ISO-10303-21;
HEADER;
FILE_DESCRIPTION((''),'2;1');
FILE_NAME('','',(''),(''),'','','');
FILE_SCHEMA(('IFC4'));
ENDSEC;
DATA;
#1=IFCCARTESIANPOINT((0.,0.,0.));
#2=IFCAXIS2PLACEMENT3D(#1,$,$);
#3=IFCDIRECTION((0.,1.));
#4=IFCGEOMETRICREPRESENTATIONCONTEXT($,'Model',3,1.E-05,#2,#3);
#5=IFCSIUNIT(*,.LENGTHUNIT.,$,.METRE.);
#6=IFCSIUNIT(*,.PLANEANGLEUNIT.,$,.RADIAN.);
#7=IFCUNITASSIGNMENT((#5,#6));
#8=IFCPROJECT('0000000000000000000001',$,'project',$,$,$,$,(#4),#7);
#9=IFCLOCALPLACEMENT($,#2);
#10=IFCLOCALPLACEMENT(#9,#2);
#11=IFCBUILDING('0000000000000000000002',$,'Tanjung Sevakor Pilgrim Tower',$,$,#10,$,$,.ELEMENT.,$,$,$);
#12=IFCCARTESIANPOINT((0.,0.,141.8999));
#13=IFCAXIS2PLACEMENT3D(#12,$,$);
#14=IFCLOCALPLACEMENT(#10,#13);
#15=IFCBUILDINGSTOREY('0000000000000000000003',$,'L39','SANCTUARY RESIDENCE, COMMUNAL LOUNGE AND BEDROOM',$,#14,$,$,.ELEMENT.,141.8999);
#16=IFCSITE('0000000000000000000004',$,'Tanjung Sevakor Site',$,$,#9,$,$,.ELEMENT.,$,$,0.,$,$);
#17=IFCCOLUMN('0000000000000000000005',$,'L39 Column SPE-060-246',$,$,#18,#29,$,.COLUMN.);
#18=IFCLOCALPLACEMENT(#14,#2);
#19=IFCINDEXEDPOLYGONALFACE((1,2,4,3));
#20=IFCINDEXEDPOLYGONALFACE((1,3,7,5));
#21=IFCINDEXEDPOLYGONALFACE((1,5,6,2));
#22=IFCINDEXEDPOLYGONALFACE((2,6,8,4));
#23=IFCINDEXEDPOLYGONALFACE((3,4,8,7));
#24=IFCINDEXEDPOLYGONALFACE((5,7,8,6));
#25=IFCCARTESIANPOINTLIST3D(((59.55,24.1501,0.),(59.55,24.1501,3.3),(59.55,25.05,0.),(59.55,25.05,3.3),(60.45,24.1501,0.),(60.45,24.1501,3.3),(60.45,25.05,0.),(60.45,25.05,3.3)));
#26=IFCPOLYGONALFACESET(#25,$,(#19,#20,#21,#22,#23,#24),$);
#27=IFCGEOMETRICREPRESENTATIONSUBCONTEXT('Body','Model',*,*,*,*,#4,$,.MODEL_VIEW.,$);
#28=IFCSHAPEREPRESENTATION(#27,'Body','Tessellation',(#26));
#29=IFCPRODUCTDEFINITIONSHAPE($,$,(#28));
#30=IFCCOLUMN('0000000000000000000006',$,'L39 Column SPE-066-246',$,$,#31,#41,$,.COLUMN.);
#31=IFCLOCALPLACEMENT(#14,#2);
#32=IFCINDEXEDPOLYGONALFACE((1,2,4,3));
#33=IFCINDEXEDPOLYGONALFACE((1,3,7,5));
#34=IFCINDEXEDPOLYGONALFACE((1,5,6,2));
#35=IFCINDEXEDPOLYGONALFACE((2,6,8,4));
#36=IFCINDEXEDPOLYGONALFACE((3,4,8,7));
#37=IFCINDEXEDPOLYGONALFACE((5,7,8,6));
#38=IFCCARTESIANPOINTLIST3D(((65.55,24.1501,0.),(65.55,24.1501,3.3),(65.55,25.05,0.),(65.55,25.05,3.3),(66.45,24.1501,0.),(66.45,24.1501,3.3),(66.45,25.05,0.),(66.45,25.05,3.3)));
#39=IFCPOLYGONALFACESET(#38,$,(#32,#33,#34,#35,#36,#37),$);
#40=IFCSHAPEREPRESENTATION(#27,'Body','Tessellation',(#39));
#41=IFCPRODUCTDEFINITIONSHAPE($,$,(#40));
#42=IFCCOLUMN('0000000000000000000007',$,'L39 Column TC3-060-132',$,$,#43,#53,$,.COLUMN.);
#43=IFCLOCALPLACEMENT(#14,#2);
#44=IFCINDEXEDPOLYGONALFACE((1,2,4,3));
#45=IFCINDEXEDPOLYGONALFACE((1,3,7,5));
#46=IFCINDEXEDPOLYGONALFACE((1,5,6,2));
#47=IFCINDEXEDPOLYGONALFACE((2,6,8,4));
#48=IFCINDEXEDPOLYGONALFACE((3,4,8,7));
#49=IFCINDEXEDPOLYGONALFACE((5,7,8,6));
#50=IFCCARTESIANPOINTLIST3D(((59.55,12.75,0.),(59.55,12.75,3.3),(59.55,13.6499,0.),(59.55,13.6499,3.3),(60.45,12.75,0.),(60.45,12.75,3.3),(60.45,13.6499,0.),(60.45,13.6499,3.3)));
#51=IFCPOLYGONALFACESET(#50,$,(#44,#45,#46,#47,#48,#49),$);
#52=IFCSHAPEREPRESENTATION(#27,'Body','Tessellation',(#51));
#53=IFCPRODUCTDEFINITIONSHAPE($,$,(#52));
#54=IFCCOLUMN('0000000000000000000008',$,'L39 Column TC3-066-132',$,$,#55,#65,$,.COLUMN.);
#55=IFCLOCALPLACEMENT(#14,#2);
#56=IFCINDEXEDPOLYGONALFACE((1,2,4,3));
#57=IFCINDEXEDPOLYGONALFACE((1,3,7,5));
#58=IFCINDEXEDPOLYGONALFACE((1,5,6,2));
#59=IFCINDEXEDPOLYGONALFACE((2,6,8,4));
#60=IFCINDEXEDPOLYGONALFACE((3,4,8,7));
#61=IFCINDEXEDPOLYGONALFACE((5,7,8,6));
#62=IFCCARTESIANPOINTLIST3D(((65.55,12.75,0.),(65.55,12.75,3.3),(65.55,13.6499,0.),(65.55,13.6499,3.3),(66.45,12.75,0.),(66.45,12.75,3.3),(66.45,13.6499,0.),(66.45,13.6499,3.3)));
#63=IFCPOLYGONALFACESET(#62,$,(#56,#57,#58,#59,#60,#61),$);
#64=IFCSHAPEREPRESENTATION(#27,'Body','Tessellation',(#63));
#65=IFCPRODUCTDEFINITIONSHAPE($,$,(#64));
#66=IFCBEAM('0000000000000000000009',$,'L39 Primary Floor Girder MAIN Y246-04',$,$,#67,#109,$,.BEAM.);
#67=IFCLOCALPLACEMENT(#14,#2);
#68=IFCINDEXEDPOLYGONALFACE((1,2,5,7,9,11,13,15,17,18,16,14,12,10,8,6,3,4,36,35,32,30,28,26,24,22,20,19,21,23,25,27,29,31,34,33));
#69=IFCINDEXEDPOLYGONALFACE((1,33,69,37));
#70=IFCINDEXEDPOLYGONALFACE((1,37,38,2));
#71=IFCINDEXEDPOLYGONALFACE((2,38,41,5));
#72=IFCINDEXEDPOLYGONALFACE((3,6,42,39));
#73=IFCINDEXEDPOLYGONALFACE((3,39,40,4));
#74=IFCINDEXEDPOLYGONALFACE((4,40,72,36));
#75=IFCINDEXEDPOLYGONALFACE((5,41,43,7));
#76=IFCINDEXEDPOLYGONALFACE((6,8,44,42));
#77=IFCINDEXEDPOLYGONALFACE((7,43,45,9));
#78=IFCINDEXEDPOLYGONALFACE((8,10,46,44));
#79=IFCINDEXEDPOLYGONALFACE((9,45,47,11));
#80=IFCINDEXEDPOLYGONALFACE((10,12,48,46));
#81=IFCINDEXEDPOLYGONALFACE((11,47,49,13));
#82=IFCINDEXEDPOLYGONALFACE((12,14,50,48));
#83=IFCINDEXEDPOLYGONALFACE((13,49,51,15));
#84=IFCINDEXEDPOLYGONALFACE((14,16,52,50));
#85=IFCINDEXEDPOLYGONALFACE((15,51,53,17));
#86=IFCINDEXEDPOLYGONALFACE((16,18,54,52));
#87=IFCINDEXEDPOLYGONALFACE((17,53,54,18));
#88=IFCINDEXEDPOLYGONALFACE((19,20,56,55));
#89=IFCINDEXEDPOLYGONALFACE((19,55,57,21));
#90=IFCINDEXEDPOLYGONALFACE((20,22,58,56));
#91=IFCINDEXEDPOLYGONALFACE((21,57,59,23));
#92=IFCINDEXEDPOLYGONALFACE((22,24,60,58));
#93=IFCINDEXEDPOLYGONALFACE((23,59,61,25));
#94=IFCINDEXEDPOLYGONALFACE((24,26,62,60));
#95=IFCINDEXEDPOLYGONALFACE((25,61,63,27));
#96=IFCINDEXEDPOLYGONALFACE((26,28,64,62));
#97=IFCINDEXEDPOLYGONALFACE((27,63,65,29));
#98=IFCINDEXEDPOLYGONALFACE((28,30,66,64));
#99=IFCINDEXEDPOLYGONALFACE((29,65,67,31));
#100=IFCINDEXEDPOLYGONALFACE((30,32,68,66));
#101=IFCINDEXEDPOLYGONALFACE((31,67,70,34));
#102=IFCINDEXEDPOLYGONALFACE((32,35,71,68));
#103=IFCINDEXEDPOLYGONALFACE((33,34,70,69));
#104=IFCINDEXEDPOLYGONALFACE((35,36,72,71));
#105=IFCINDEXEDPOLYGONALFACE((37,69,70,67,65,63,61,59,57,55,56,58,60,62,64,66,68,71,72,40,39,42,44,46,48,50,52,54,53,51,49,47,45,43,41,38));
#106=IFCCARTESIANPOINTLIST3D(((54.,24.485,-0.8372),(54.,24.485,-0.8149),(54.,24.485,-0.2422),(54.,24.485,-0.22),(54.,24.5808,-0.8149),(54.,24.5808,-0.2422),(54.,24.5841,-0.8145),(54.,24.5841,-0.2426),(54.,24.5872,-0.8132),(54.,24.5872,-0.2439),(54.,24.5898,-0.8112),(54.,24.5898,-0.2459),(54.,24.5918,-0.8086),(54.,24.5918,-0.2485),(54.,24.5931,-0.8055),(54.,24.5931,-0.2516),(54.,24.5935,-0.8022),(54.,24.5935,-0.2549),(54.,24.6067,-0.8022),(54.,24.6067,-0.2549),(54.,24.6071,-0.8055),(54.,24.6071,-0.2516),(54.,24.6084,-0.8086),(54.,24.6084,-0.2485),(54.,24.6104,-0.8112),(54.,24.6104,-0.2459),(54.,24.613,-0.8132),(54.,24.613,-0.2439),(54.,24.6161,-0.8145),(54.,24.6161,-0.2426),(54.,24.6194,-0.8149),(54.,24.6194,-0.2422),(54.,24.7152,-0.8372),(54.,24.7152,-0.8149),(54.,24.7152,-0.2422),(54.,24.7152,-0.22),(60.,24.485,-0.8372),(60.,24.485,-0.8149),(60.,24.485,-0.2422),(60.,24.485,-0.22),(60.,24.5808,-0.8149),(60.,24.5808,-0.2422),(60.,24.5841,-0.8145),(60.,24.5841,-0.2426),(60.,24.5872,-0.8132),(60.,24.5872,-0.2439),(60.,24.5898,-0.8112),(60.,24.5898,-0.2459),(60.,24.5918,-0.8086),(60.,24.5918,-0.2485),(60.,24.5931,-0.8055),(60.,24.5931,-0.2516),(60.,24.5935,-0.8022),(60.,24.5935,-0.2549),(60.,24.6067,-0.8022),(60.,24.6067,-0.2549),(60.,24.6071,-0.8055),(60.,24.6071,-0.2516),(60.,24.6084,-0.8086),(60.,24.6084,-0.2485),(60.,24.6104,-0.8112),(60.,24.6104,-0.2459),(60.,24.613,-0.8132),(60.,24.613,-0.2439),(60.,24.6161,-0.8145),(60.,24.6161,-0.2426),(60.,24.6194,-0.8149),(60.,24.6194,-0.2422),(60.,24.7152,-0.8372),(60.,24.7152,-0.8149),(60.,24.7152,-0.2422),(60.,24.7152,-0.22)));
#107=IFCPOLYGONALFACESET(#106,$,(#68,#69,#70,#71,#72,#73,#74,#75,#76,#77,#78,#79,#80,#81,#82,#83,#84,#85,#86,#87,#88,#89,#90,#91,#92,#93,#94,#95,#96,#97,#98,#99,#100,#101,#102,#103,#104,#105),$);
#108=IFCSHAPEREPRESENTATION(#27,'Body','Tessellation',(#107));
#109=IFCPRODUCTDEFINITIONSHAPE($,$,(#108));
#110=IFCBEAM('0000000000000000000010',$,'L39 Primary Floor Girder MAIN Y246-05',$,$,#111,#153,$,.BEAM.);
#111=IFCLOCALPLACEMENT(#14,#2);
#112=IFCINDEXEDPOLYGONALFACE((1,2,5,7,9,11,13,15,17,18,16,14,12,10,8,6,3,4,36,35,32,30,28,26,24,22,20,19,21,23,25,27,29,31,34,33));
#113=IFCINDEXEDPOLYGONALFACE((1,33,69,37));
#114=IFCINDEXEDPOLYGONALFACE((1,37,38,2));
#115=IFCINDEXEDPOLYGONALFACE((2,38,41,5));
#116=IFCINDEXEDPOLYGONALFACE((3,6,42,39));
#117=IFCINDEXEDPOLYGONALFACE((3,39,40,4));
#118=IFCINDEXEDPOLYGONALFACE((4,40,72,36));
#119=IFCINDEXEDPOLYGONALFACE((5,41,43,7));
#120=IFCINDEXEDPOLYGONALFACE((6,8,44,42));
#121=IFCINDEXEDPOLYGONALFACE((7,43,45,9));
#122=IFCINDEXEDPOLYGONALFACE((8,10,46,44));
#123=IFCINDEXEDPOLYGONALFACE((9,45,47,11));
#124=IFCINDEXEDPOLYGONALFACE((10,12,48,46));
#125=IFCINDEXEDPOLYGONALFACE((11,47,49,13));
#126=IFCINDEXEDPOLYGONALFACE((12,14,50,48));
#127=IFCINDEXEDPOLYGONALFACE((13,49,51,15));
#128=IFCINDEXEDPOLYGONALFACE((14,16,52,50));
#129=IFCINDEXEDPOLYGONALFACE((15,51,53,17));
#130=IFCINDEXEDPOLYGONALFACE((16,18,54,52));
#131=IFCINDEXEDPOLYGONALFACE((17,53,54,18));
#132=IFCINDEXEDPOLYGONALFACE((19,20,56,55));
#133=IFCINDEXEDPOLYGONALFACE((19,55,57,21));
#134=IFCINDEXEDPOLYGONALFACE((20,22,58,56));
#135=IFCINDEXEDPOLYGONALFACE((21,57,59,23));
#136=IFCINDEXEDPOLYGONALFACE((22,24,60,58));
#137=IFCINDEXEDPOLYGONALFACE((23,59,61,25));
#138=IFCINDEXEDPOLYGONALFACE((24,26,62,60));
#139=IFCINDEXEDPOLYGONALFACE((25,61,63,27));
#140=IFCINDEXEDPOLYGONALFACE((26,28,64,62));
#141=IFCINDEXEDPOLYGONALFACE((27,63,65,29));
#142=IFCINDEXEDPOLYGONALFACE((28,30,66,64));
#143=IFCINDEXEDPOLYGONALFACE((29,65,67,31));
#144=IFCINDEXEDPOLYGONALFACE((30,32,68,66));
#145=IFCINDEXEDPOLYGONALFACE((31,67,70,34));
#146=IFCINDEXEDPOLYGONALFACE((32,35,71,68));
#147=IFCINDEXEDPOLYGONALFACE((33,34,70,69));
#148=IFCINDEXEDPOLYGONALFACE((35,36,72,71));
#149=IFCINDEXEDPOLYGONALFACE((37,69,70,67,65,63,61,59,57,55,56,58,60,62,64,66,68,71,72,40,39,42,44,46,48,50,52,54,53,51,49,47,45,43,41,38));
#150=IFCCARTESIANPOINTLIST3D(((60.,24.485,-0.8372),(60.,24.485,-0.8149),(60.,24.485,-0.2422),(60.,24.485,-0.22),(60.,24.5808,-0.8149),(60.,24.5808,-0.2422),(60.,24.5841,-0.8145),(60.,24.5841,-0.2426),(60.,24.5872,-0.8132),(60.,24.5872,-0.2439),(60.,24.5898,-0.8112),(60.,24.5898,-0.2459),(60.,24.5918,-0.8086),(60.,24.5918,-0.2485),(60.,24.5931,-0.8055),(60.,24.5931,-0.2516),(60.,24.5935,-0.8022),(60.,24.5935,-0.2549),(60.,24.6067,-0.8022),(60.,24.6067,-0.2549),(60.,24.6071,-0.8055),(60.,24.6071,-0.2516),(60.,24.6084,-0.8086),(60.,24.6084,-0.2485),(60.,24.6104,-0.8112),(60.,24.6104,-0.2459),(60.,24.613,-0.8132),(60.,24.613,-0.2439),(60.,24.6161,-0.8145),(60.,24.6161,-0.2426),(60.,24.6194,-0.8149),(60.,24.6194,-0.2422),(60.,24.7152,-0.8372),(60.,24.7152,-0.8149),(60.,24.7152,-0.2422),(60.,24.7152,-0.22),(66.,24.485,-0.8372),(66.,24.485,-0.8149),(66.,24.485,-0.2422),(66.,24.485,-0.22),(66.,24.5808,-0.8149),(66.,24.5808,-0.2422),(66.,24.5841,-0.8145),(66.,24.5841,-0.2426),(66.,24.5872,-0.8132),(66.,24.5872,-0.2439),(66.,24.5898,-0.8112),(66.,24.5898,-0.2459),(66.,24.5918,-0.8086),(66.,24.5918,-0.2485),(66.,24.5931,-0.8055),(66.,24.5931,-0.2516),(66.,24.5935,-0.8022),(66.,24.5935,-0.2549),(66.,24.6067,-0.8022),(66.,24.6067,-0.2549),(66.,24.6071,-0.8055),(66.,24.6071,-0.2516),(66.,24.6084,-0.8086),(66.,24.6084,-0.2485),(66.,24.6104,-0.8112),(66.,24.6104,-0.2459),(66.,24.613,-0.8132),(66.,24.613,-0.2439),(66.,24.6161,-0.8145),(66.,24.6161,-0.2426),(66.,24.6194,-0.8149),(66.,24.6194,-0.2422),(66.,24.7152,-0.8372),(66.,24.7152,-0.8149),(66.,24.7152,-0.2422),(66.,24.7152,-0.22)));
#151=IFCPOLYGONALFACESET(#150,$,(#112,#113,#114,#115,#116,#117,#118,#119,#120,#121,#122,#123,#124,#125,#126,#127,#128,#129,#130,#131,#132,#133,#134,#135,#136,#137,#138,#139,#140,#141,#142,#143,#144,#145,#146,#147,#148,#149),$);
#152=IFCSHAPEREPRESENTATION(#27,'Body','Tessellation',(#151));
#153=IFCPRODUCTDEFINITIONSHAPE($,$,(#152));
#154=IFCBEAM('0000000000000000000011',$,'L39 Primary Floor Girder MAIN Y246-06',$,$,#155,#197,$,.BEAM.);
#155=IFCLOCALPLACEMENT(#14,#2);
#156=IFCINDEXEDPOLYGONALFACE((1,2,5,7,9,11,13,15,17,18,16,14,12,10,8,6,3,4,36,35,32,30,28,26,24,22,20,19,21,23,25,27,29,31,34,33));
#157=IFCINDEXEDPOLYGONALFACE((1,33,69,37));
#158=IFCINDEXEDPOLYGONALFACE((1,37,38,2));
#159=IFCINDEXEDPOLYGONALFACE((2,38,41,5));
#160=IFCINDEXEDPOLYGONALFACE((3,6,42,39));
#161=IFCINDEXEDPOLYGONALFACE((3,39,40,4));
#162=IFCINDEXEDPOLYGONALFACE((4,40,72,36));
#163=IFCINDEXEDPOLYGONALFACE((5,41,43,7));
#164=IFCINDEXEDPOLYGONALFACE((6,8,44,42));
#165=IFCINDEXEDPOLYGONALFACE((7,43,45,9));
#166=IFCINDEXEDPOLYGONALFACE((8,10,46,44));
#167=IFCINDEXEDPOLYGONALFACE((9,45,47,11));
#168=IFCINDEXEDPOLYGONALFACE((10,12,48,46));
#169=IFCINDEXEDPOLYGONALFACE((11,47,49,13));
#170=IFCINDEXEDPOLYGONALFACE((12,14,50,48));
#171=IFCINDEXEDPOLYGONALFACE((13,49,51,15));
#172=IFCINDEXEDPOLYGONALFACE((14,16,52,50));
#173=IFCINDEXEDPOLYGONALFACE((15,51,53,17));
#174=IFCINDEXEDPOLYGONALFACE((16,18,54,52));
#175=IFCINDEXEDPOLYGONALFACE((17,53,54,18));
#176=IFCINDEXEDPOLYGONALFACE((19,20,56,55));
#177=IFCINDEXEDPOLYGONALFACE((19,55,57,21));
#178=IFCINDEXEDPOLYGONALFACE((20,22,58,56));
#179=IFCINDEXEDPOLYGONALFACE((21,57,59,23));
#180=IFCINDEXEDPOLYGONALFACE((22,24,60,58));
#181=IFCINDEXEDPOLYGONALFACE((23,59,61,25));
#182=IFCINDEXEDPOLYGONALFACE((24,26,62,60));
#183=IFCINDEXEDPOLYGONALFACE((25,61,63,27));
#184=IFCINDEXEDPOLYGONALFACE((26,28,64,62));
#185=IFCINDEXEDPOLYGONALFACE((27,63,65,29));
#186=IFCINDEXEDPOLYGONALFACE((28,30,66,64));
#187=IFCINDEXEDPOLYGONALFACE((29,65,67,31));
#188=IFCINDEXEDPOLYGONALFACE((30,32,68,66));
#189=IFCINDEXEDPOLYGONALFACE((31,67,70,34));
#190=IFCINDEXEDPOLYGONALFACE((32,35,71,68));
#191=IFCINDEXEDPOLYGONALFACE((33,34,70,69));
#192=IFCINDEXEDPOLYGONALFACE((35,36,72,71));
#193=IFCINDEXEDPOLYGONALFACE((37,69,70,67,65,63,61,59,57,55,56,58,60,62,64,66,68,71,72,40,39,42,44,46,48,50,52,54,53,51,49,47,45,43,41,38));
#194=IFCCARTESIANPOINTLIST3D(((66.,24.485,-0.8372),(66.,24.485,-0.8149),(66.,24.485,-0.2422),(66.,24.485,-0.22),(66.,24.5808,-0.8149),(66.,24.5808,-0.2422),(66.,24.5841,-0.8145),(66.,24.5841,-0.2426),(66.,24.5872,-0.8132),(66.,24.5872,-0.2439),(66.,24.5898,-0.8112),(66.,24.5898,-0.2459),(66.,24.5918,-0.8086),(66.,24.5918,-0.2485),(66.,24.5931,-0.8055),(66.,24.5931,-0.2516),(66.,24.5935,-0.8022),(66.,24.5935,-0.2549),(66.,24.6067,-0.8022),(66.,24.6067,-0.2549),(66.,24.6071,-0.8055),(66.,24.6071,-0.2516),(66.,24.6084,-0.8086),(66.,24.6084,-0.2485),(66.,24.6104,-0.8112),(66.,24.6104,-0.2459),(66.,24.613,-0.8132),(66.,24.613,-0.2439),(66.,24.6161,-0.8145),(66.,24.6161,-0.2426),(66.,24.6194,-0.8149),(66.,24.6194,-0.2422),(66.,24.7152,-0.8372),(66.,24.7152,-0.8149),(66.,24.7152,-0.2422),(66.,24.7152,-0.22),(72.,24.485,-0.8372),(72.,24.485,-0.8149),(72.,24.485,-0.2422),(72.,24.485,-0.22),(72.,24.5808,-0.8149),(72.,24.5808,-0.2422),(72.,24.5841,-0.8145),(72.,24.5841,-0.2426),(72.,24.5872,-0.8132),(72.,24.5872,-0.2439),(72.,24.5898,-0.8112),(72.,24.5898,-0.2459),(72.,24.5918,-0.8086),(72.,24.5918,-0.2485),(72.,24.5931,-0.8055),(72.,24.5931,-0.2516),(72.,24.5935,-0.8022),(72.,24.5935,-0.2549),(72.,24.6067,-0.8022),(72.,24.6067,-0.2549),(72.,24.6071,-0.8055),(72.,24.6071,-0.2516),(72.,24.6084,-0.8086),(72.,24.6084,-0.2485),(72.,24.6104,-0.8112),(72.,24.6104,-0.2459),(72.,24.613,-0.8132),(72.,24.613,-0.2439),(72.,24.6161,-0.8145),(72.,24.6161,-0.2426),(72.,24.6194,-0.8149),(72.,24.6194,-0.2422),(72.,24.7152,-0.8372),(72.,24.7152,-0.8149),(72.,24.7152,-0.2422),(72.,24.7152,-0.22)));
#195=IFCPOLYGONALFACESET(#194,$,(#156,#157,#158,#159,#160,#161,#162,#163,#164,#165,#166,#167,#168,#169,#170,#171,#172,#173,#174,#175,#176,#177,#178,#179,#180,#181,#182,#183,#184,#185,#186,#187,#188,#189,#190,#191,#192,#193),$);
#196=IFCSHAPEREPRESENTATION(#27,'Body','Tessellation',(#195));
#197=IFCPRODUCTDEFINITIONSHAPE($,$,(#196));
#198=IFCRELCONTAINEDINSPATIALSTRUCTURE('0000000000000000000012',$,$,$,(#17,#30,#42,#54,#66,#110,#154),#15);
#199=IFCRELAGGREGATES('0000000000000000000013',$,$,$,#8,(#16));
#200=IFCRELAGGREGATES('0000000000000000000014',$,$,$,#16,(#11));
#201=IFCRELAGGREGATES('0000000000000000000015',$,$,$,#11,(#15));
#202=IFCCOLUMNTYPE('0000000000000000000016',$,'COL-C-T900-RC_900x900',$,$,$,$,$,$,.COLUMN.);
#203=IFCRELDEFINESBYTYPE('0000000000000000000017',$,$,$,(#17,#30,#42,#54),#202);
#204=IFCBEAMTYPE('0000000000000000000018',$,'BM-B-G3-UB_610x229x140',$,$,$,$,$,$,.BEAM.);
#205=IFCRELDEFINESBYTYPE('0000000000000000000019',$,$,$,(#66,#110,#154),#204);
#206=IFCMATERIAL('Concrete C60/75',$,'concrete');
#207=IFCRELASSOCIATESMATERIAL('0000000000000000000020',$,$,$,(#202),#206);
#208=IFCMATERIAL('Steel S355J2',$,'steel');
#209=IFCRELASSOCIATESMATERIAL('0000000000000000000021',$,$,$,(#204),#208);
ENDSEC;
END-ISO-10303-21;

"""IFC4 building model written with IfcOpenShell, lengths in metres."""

from ifc_helpers import new_model, si_unit, direction, frame, origin, origin_2d, place, context, subcontext, project, spatial, rectangle, i_section, extrude, material, material_profile, profile_set, type_object, element, save


model = new_model("IFC4")

# Units and contexts
model_context = context("Model", 3, precision=1e-05, world=origin(), true_north=direction((0.0, 1.0)))
body_context = subcontext(model_context, "Body", "Model", "MODEL_VIEW")
ifc_project = project(units=[si_unit("LENGTHUNIT", "METRE"), si_unit("PLANEANGLEUNIT", "RADIAN")], contexts=[model_context])

# Site, building, storey
site_placement = place(None, origin())
site = spatial("IfcSite", under=ifc_project, at=site_placement, Name="Tanjung Sevakor Site", CompositionType="ELEMENT", RefElevation=0.0)
building_placement = place(site_placement, origin())
building = spatial("IfcBuilding", under=site, at=building_placement, Name="Tanjung Sevakor Pilgrim Tower", CompositionType="ELEMENT")
storey_placement = place(building_placement, frame((0.0, 0.0, 141.8999)))
storey = spatial("IfcBuildingStorey", under=building, at=storey_placement, Name="L39", Description="SANCTUARY RESIDENCE, COMMUNAL LOUNGE AND BEDROOM", CompositionType="ELEMENT", Elevation=141.8999)

# Columns
ifc_material_1 = material(Name="Concrete C60/75", Category="concrete")
ifc_material_profile_1 = material_profile(ifc_material_1, rectangle(XDim=0.8999, YDim=0.8999, at=origin_2d()))
ifc_profile_set_1 = profile_set([ifc_material_profile_1], Name="Concrete C60/75")
column_type = type_object("IfcColumnType", Name="COL-C-T900-RC_900x900", PredefinedType="COLUMN", material=ifc_profile_set_1)
for number, where, z_axis, x_axis, name in (
    (1, (60.0, 24.6001, 0.0), (0.0, 0.0, 1.0), (1.0, 0.0, 0.0), "L39 Column SPE-060-246"),
    (2, (66.0, 24.6001, 0.0), (0.0, 0.0, 1.0), (1.0, 0.0, 0.0), "L39 Column SPE-066-246"),
    (3, (60.0, 13.2, 0.0), (0.0, 0.0, 1.0), (1.0, 0.0, 0.0), "L39 Column TC3-060-132"),
    (4, (66.0, 13.2, 0.0), (0.0, 0.0, 1.0), (1.0, 0.0, 0.0), "L39 Column TC3-066-132"),
):
    element("IfcColumn", number, at=place(storey_placement, frame(where, z_axis=z_axis, x_axis=x_axis)), inside=storey, type_object=column_type, Name=name, PredefinedType="COLUMN", context=body_context, shape_type="SweptSolid", body=[
        extrude(rectangle(XDim=0.8999, YDim=0.8999, at=origin_2d()), origin(), (0.0, 0.0, 1.0), 3.3),
    ])

# Beams
ifc_material_2 = material(Name="Steel S355J2", Category="steel")
ifc_material_profile_2 = material_profile(ifc_material_2, i_section(OverallWidth=0.2302, OverallDepth=0.6172, WebThickness=0.0132, FlangeThickness=0.0222, FilletRadius=0.0127, at=origin_2d()))
ifc_profile_set_2 = profile_set([ifc_material_profile_2], Name="Steel S355J2")
beam_type_1 = type_object("IfcBeamType", Name="BM-B-G3-UB_610x229x140", PredefinedType="BEAM", material=ifc_profile_set_2)
for number, where, z_axis, x_axis, name in (
    (5, (54.0, 24.6001, -0.5286), (1.0, 0.0, 0.0), (0.0, 1.0, 0.0), "L39 Primary Floor Girder MAIN Y246-04"),
    (6, (60.0, 24.6001, -0.5286), (1.0, 0.0, 0.0), (0.0, 1.0, 0.0), "L39 Primary Floor Girder MAIN Y246-05"),
    (7, (66.0, 24.6001, -0.5286), (1.0, 0.0, 0.0), (0.0, 1.0, 0.0), "L39 Primary Floor Girder MAIN Y246-06"),
):
    element("IfcBeam", number, at=place(storey_placement, frame(where, z_axis=z_axis, x_axis=x_axis)), inside=storey, type_object=beam_type_1, Name=name, PredefinedType="BEAM", context=body_context, shape_type="SweptSolid", body=[
        extrude(i_section(OverallWidth=0.2302, OverallDepth=0.6172, WebThickness=0.0132, FlangeThickness=0.0222, FilletRadius=0.0127, at=origin_2d()), origin(), (0.0, 0.0, 1.0), 6.0),
    ])

save(model, "model.ifc")
